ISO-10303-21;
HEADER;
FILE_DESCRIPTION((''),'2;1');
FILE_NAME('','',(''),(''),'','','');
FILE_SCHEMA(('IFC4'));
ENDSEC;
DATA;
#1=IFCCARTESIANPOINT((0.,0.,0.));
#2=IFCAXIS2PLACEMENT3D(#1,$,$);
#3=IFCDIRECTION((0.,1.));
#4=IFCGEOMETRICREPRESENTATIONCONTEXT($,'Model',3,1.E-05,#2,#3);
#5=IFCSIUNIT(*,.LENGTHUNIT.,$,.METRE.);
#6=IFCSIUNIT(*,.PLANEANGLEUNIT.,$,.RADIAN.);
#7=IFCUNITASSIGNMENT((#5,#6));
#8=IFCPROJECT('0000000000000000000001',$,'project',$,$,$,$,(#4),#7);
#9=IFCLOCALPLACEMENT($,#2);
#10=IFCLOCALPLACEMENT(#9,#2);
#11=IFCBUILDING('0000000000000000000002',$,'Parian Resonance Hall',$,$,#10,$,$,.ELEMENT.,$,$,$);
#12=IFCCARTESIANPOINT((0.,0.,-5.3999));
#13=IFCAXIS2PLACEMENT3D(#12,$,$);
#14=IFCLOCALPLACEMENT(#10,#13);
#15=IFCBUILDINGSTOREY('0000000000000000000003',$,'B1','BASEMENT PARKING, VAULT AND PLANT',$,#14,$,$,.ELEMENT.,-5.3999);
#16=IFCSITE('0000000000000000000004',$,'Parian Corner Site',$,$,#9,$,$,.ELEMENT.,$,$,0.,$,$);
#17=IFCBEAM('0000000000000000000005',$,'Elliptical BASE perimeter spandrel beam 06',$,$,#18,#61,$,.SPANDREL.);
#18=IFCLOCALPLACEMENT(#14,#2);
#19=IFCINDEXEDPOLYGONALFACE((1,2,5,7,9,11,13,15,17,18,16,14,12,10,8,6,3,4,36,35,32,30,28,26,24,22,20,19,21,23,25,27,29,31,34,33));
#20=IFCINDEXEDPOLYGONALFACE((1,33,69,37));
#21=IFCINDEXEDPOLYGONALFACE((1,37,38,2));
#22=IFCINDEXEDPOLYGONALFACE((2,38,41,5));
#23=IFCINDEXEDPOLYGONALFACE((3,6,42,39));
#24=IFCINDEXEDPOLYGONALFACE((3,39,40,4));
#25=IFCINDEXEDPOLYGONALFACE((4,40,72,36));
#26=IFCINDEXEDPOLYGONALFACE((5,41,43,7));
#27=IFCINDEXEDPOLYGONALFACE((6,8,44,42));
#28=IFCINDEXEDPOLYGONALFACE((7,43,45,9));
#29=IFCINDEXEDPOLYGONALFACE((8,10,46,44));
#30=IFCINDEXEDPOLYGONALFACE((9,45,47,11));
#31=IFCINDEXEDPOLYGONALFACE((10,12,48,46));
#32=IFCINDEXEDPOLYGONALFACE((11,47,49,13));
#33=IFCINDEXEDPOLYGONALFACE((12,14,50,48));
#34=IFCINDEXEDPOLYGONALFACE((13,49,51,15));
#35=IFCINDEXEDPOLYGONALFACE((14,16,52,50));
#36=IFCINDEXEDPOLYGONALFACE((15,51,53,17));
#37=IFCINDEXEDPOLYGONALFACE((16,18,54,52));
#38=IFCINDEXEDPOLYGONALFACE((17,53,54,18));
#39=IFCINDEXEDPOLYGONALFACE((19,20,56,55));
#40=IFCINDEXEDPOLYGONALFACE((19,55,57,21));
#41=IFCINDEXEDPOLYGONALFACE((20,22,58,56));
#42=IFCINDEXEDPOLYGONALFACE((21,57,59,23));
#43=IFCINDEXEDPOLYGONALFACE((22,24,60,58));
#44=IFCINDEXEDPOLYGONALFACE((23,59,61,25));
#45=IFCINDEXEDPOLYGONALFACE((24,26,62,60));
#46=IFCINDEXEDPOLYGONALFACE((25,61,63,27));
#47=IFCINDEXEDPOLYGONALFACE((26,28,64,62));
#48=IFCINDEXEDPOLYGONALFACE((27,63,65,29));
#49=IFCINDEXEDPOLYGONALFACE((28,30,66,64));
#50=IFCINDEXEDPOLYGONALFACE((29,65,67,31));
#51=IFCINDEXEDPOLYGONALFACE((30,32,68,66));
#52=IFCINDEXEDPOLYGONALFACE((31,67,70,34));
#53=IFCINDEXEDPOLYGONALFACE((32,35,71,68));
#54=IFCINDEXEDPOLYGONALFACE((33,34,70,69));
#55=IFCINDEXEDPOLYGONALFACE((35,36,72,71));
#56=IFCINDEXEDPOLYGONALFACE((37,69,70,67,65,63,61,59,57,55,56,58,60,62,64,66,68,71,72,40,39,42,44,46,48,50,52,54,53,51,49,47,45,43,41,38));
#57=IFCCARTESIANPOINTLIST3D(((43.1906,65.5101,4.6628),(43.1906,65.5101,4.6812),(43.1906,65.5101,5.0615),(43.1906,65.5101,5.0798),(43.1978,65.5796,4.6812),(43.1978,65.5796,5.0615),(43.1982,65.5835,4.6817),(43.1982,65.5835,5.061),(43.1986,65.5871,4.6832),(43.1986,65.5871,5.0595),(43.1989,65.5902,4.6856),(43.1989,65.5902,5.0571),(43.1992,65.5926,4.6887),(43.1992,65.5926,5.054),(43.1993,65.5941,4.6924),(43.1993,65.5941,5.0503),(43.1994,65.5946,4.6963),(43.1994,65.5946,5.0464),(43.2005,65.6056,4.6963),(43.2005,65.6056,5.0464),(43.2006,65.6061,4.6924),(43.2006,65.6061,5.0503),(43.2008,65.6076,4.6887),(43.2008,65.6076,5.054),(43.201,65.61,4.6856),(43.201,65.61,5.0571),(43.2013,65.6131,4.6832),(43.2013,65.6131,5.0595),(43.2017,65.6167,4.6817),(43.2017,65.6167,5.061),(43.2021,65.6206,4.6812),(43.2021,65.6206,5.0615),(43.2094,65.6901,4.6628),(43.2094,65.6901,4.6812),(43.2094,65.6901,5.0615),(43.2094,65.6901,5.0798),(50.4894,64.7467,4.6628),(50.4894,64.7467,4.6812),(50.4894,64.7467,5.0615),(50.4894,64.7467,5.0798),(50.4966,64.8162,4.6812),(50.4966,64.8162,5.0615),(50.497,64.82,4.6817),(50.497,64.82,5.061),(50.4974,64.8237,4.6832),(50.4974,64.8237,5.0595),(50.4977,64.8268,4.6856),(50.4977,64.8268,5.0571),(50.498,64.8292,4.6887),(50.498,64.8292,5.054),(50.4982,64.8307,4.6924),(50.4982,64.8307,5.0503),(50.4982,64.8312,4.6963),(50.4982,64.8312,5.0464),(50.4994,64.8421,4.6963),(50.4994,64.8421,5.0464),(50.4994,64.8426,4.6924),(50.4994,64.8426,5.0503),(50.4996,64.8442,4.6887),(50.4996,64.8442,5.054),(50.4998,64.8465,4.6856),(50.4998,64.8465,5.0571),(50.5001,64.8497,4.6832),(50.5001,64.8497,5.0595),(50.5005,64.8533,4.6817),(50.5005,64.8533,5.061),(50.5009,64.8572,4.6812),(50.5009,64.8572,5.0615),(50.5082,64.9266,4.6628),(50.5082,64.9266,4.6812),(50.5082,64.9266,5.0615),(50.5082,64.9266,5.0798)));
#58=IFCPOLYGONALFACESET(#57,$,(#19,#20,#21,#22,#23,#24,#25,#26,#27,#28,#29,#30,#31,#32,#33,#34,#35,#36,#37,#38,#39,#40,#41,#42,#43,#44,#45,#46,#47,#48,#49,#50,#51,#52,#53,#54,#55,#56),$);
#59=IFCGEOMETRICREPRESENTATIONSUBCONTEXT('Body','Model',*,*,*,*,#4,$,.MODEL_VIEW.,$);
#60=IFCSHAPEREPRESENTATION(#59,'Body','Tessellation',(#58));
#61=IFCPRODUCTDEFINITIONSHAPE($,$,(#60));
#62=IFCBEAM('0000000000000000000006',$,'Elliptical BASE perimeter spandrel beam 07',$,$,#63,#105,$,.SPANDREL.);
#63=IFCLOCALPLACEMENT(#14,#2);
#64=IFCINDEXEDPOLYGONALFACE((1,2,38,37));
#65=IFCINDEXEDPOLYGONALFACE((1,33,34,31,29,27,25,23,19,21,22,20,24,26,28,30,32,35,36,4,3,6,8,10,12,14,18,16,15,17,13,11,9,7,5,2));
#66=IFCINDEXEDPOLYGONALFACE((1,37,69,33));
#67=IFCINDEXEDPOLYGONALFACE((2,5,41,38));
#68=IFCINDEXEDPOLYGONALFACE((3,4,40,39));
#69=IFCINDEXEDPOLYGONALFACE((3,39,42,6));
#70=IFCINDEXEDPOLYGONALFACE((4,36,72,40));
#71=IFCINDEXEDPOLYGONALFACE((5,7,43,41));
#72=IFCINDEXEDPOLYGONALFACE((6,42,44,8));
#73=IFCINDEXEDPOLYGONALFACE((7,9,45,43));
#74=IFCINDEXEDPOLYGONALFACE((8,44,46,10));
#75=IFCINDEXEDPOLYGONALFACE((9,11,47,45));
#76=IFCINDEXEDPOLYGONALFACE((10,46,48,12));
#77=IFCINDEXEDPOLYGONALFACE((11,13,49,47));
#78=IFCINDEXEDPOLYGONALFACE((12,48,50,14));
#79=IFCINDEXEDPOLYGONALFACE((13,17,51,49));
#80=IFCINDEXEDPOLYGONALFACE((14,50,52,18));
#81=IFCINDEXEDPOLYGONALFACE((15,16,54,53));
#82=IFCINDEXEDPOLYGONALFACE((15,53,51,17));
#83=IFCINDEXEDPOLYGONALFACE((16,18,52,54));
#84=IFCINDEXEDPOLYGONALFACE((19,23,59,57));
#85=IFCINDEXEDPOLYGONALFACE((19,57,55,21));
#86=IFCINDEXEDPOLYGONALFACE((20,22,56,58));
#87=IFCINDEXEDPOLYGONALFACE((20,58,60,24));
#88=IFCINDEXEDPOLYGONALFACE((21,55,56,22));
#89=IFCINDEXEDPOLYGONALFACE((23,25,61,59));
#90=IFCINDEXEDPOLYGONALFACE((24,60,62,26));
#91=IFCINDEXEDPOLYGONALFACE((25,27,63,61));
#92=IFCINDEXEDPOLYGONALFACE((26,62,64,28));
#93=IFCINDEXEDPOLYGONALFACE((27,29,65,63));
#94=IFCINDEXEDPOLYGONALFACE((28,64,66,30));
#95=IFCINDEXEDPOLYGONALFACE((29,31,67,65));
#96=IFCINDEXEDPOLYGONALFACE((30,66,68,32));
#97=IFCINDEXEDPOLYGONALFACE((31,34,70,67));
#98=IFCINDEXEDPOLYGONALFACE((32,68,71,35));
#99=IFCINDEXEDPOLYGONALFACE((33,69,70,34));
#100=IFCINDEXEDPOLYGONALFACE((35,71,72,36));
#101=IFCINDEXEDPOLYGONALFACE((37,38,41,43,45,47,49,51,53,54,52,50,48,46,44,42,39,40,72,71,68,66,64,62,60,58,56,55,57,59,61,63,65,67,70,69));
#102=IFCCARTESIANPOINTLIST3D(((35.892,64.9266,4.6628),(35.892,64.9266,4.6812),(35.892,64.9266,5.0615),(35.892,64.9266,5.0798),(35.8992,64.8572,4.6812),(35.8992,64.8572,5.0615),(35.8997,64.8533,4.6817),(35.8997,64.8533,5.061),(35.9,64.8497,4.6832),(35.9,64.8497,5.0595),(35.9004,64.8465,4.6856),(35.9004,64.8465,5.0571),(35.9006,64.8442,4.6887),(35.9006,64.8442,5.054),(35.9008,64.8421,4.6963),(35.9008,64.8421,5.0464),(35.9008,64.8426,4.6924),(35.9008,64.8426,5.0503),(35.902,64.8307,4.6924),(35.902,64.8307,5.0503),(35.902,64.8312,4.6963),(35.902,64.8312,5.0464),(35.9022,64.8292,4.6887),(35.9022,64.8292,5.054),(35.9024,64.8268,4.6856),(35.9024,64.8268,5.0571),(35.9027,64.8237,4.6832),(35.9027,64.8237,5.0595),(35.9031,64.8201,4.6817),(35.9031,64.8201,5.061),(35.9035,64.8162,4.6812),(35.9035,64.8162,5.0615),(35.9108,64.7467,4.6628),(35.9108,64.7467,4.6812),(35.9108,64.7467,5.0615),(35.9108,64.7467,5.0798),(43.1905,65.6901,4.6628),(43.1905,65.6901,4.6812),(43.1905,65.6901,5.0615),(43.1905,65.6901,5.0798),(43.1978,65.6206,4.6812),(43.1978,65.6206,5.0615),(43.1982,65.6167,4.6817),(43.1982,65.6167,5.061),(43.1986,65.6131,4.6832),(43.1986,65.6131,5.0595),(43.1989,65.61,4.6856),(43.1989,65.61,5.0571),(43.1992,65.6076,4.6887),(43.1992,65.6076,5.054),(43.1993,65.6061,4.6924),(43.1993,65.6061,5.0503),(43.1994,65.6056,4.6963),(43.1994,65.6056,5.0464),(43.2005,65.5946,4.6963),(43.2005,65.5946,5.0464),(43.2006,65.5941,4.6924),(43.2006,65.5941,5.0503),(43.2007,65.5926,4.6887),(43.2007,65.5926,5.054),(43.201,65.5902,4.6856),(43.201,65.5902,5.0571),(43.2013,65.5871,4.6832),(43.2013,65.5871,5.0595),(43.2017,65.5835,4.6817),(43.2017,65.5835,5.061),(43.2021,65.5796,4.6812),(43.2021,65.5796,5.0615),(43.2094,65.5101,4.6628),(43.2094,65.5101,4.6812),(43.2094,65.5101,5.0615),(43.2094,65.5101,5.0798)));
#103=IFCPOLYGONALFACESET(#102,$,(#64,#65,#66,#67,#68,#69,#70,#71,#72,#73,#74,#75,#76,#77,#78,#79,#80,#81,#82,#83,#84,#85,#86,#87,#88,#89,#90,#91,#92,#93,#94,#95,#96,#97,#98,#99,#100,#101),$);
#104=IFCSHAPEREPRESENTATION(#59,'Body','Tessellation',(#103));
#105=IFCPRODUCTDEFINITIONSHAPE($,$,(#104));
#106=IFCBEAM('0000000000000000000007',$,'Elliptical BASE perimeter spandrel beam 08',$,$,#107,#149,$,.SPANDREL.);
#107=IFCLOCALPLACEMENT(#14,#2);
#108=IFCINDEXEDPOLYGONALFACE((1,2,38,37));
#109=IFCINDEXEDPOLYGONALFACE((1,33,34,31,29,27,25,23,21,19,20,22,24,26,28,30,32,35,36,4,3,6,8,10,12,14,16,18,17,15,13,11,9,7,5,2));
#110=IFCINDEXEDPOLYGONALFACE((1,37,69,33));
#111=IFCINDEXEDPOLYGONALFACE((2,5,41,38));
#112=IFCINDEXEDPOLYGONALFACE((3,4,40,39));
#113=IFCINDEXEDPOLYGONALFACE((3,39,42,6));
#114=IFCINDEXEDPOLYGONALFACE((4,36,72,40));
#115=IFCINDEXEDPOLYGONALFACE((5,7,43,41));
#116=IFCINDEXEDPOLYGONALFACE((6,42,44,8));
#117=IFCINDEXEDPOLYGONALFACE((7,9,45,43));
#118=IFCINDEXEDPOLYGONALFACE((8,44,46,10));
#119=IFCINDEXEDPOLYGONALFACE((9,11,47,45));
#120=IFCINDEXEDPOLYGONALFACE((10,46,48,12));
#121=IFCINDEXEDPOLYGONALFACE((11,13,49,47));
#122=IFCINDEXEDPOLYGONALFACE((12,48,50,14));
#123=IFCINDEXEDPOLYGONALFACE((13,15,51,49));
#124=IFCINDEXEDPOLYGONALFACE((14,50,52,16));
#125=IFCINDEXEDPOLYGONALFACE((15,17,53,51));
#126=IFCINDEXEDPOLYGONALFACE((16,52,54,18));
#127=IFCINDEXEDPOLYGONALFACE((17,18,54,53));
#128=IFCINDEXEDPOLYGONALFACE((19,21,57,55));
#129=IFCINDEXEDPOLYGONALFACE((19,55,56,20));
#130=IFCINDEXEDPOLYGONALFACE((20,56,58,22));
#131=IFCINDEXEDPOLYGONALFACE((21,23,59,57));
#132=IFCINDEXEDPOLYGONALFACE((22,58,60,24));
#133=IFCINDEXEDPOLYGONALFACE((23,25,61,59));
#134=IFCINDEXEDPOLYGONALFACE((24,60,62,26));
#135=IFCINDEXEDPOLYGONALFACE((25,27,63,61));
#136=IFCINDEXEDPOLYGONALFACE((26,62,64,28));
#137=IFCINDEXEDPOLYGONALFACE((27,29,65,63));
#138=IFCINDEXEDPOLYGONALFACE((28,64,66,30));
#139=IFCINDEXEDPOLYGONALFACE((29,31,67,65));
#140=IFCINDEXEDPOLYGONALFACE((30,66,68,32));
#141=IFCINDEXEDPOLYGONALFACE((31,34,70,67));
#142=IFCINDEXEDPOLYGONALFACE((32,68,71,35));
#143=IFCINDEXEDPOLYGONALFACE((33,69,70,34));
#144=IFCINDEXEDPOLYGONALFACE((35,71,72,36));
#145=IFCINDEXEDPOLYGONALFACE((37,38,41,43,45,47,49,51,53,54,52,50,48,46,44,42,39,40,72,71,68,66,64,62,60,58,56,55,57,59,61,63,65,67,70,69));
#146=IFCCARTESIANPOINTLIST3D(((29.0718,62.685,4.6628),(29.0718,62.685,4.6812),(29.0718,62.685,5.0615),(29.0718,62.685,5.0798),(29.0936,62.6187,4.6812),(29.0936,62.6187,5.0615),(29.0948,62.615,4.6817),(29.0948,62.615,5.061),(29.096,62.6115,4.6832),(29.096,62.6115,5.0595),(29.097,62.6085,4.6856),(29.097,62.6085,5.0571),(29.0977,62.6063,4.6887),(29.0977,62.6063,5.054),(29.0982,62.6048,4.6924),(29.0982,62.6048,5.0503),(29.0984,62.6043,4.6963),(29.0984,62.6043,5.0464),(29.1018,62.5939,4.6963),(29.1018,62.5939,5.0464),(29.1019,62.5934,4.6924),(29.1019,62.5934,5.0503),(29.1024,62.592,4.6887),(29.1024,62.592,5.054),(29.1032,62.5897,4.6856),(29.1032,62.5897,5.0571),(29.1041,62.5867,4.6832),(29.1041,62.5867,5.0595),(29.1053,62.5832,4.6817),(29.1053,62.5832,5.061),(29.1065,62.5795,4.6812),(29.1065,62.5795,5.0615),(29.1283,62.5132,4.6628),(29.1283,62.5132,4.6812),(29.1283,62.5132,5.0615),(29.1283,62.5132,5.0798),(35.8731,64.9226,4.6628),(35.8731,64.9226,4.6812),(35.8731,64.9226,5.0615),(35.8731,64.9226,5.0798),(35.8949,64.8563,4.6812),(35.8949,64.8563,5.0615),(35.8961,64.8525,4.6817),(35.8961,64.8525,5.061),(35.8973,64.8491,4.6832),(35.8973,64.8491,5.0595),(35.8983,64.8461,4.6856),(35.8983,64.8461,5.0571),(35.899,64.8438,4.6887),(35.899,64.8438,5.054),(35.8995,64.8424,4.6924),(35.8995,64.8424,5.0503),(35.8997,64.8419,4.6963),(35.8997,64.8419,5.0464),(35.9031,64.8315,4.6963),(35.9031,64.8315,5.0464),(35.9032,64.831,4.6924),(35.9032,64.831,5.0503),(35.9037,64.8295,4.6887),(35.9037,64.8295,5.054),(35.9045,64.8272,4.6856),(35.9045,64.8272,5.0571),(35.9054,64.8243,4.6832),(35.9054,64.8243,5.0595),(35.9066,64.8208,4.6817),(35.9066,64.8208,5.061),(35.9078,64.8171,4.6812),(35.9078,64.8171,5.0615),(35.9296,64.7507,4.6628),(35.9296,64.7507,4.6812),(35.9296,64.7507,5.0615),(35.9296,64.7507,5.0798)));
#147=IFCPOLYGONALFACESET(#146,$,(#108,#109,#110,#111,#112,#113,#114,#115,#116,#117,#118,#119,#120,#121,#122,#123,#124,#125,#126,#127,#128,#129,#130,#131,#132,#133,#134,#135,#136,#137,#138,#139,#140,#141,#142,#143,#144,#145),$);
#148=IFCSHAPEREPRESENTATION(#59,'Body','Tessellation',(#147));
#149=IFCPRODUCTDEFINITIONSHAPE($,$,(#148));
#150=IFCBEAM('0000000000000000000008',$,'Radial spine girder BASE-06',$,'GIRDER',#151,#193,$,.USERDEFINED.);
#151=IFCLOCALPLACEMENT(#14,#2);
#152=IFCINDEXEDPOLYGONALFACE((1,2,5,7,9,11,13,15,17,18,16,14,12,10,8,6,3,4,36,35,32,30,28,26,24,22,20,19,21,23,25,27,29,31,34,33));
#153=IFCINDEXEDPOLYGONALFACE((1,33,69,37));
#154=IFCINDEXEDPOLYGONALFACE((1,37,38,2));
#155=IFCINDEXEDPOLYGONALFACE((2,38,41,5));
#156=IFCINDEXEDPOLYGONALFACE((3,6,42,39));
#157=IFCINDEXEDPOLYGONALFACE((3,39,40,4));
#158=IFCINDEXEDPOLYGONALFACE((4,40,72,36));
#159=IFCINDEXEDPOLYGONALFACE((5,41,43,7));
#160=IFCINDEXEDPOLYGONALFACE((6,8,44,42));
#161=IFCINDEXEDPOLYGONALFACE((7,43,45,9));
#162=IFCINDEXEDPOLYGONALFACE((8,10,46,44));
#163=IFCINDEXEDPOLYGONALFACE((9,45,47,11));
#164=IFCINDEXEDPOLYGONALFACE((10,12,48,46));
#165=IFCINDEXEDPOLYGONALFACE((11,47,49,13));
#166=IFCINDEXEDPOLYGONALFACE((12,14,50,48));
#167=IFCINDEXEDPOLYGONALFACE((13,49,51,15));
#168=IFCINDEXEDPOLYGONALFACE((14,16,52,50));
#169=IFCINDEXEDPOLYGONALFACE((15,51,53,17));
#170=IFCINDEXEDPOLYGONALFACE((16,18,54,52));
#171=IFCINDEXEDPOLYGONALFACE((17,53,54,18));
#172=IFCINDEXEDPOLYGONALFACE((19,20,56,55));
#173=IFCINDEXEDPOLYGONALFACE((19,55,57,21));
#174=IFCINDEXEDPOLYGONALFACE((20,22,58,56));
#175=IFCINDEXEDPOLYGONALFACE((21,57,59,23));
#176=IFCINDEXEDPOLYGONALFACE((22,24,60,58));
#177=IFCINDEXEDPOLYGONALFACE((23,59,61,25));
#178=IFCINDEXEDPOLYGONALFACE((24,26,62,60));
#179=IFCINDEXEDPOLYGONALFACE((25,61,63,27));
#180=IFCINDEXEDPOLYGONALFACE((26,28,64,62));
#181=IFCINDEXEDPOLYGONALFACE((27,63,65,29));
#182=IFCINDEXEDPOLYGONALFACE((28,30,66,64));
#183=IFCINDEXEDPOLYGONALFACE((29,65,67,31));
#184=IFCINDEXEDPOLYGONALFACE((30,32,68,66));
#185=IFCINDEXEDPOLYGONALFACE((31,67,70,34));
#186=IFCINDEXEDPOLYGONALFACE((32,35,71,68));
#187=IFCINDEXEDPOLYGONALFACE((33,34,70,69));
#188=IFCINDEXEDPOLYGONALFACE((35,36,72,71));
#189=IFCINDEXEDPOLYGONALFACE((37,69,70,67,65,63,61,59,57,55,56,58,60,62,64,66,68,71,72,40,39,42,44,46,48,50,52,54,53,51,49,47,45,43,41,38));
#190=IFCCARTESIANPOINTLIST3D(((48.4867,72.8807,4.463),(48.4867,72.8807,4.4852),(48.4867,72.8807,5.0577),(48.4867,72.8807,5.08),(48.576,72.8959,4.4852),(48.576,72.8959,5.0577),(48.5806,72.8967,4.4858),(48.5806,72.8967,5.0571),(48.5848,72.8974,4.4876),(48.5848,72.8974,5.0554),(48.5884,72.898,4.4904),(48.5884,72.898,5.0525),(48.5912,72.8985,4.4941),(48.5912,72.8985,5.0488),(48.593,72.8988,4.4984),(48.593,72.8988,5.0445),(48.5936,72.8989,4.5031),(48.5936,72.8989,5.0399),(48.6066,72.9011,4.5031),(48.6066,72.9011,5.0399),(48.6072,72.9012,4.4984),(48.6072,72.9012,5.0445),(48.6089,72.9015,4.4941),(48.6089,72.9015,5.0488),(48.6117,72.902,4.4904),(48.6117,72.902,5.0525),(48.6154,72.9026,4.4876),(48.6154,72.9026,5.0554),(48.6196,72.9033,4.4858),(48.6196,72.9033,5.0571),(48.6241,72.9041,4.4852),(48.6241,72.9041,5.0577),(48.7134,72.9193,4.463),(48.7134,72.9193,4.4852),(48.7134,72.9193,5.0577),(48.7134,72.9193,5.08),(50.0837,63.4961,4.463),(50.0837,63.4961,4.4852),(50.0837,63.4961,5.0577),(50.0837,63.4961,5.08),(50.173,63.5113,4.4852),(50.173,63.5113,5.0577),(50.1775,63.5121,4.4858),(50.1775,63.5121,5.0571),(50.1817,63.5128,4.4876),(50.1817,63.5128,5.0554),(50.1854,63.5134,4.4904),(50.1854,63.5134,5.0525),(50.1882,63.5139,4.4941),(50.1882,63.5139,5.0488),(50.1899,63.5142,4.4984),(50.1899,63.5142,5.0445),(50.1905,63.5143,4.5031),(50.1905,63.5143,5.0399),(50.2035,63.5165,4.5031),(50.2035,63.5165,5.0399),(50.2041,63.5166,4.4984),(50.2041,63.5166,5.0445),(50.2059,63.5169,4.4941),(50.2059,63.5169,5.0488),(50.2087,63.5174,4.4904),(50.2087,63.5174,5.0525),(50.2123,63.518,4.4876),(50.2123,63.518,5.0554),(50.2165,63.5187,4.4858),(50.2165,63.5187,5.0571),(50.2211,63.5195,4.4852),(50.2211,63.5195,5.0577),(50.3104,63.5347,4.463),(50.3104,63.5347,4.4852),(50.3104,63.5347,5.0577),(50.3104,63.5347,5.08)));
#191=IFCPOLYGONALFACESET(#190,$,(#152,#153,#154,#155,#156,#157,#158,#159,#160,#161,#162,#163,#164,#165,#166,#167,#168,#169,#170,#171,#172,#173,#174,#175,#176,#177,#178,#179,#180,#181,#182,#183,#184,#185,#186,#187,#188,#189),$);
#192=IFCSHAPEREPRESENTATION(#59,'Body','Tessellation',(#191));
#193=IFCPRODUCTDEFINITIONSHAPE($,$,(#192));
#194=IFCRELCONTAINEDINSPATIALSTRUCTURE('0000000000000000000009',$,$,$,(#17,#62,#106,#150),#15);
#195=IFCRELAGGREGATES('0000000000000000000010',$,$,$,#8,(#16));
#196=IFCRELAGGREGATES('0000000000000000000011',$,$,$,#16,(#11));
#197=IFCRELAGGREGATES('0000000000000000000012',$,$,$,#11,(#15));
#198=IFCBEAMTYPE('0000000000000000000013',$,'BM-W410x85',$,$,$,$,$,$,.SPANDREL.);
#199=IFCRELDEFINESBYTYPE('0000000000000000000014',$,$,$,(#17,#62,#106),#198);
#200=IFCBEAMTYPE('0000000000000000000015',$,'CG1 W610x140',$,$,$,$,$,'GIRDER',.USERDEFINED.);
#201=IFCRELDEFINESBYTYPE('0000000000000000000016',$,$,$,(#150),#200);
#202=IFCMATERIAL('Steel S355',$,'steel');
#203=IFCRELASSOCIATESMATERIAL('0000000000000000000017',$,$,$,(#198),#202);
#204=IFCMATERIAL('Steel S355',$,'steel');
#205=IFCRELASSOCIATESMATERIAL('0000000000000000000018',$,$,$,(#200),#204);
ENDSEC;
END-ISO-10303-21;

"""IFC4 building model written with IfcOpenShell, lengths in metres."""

from ifc_helpers import new_model, si_unit, direction, frame, origin, origin_2d, place, context, subcontext, project, spatial, i_section, extrude, material, material_profile, profile_set, type_object, element, save


model = new_model("IFC4")

# Units and contexts
model_context = context("Model", 3, precision=1e-05, world=origin(), true_north=direction((0.0, 1.0)))
body_context = subcontext(model_context, "Body", "Model", "MODEL_VIEW")
ifc_project = project(units=[si_unit("LENGTHUNIT", "METRE"), si_unit("PLANEANGLEUNIT", "RADIAN")], contexts=[model_context])

# Site, building, storey
site_placement = place(None, origin())
site = spatial("IfcSite", under=ifc_project, at=site_placement, Name="Parian Corner Site", CompositionType="ELEMENT", RefElevation=0.0)
building_placement = place(site_placement, origin())
building = spatial("IfcBuilding", under=site, at=building_placement, Name="Parian Resonance Hall", CompositionType="ELEMENT")
storey_placement = place(building_placement, frame((0.0, 0.0, -5.3999)))
storey = spatial("IfcBuildingStorey", under=building, at=storey_placement, Name="B1", Description="BASEMENT PARKING, VAULT AND PLANT", CompositionType="ELEMENT", Elevation=-5.3999)

# Beams
ifc_material_1 = material(Name="Steel S355", Category="steel")
ifc_material_profile_1 = material_profile(ifc_material_1, i_section(OverallWidth=0.1809, OverallDepth=0.417, WebThickness=0.011, FlangeThickness=0.0183, FilletRadius=0.0151, at=origin_2d()), Name="W410x85")
ifc_profile_set_1 = profile_set([ifc_material_profile_1], Name="Steel S355")
beam_type_1 = type_object("IfcBeamType", Name="BM-W410x85", PredefinedType="SPANDREL", material=ifc_profile_set_1)
beam_1_placement = place(storey_placement, frame((50.4988, 64.8367, 4.8713), z_axis=(-0.994574, 0.104028, 0.0), x_axis=(-0.104028, -0.994574, 0.0)))
element("IfcBeam", 1, at=beam_1_placement, inside=storey, type_object=beam_type_1, Name="Elliptical BASE perimeter spandrel beam 06", PredefinedType="SPANDREL", context=body_context, shape_type="SweptSolid", body=[
    extrude(i_section(OverallWidth=0.1809, OverallDepth=0.417, WebThickness=0.011, FlangeThickness=0.0183, FilletRadius=0.0151, at=origin_2d()), origin(), (0.0, 0.0, 1.0), 7.3386),
])
beam_2_placement = place(storey_placement, frame((43.2, 65.6001, 4.8713), z_axis=(-0.994574, -0.104032, 0.0), x_axis=(0.104032, -0.994574, 0.0)))
element("IfcBeam", 2, at=beam_2_placement, inside=storey, type_object=beam_type_1, Name="Elliptical BASE perimeter spandrel beam 07", PredefinedType="SPANDREL", context=body_context, shape_type="SweptSolid", body=[
    extrude(i_section(OverallWidth=0.1809, OverallDepth=0.417, WebThickness=0.011, FlangeThickness=0.0183, FilletRadius=0.0151, at=origin_2d()), origin(), (0.0, 0.0, 1.0), 7.3384),
])
beam_3_placement = place(storey_placement, frame((35.9014, 64.8367, 4.8713), z_axis=(-0.949914, -0.312512, 0.0), x_axis=(0.312512, -0.949914, 0.0)))
element("IfcBeam", 3, at=beam_3_placement, inside=storey, type_object=beam_type_1, Name="Elliptical BASE perimeter spandrel beam 08", PredefinedType="SPANDREL", context=body_context, shape_type="SweptSolid", body=[
    extrude(i_section(OverallWidth=0.1809, OverallDepth=0.417, WebThickness=0.011, FlangeThickness=0.0183, FilletRadius=0.0151, at=origin_2d()), origin(), (0.0, 0.0, 1.0), 7.1599),
])
ifc_material_2 = material(Name="Steel S355", Category="steel")
ifc_material_profile_2 = material_profile(ifc_material_2, i_section(OverallWidth=0.23, OverallDepth=0.6169, WebThickness=0.0132, FlangeThickness=0.0222, FilletRadius=0.0178, at=origin_2d()), Name="W610x140")
ifc_profile_set_2 = profile_set([ifc_material_profile_2], Name="Steel S355")
beam_type_2 = type_object("IfcBeamType", Name="CG1 W610x140", ElementType="GIRDER", PredefinedType="USERDEFINED", material=ifc_profile_set_2)
beam_4_placement = place(storey_placement, frame((50.197, 63.5154, 4.7715), z_axis=(-0.167754, 0.985829, 0.0), x_axis=(-0.985829, -0.167754, 0.0)))
element("IfcBeam", 4, at=beam_4_placement, inside=storey, type_object=beam_type_2, Name="Radial spine girder BASE-06", ObjectType="GIRDER", PredefinedType="USERDEFINED", context=body_context, shape_type="SweptSolid", body=[
    extrude(i_section(OverallWidth=0.23, OverallDepth=0.6169, WebThickness=0.0132, FlangeThickness=0.0222, FilletRadius=0.0178, at=origin_2d()), origin(), (0.0, 0.0, 1.0), 9.5195),
])

save(model, "model.ifc")
